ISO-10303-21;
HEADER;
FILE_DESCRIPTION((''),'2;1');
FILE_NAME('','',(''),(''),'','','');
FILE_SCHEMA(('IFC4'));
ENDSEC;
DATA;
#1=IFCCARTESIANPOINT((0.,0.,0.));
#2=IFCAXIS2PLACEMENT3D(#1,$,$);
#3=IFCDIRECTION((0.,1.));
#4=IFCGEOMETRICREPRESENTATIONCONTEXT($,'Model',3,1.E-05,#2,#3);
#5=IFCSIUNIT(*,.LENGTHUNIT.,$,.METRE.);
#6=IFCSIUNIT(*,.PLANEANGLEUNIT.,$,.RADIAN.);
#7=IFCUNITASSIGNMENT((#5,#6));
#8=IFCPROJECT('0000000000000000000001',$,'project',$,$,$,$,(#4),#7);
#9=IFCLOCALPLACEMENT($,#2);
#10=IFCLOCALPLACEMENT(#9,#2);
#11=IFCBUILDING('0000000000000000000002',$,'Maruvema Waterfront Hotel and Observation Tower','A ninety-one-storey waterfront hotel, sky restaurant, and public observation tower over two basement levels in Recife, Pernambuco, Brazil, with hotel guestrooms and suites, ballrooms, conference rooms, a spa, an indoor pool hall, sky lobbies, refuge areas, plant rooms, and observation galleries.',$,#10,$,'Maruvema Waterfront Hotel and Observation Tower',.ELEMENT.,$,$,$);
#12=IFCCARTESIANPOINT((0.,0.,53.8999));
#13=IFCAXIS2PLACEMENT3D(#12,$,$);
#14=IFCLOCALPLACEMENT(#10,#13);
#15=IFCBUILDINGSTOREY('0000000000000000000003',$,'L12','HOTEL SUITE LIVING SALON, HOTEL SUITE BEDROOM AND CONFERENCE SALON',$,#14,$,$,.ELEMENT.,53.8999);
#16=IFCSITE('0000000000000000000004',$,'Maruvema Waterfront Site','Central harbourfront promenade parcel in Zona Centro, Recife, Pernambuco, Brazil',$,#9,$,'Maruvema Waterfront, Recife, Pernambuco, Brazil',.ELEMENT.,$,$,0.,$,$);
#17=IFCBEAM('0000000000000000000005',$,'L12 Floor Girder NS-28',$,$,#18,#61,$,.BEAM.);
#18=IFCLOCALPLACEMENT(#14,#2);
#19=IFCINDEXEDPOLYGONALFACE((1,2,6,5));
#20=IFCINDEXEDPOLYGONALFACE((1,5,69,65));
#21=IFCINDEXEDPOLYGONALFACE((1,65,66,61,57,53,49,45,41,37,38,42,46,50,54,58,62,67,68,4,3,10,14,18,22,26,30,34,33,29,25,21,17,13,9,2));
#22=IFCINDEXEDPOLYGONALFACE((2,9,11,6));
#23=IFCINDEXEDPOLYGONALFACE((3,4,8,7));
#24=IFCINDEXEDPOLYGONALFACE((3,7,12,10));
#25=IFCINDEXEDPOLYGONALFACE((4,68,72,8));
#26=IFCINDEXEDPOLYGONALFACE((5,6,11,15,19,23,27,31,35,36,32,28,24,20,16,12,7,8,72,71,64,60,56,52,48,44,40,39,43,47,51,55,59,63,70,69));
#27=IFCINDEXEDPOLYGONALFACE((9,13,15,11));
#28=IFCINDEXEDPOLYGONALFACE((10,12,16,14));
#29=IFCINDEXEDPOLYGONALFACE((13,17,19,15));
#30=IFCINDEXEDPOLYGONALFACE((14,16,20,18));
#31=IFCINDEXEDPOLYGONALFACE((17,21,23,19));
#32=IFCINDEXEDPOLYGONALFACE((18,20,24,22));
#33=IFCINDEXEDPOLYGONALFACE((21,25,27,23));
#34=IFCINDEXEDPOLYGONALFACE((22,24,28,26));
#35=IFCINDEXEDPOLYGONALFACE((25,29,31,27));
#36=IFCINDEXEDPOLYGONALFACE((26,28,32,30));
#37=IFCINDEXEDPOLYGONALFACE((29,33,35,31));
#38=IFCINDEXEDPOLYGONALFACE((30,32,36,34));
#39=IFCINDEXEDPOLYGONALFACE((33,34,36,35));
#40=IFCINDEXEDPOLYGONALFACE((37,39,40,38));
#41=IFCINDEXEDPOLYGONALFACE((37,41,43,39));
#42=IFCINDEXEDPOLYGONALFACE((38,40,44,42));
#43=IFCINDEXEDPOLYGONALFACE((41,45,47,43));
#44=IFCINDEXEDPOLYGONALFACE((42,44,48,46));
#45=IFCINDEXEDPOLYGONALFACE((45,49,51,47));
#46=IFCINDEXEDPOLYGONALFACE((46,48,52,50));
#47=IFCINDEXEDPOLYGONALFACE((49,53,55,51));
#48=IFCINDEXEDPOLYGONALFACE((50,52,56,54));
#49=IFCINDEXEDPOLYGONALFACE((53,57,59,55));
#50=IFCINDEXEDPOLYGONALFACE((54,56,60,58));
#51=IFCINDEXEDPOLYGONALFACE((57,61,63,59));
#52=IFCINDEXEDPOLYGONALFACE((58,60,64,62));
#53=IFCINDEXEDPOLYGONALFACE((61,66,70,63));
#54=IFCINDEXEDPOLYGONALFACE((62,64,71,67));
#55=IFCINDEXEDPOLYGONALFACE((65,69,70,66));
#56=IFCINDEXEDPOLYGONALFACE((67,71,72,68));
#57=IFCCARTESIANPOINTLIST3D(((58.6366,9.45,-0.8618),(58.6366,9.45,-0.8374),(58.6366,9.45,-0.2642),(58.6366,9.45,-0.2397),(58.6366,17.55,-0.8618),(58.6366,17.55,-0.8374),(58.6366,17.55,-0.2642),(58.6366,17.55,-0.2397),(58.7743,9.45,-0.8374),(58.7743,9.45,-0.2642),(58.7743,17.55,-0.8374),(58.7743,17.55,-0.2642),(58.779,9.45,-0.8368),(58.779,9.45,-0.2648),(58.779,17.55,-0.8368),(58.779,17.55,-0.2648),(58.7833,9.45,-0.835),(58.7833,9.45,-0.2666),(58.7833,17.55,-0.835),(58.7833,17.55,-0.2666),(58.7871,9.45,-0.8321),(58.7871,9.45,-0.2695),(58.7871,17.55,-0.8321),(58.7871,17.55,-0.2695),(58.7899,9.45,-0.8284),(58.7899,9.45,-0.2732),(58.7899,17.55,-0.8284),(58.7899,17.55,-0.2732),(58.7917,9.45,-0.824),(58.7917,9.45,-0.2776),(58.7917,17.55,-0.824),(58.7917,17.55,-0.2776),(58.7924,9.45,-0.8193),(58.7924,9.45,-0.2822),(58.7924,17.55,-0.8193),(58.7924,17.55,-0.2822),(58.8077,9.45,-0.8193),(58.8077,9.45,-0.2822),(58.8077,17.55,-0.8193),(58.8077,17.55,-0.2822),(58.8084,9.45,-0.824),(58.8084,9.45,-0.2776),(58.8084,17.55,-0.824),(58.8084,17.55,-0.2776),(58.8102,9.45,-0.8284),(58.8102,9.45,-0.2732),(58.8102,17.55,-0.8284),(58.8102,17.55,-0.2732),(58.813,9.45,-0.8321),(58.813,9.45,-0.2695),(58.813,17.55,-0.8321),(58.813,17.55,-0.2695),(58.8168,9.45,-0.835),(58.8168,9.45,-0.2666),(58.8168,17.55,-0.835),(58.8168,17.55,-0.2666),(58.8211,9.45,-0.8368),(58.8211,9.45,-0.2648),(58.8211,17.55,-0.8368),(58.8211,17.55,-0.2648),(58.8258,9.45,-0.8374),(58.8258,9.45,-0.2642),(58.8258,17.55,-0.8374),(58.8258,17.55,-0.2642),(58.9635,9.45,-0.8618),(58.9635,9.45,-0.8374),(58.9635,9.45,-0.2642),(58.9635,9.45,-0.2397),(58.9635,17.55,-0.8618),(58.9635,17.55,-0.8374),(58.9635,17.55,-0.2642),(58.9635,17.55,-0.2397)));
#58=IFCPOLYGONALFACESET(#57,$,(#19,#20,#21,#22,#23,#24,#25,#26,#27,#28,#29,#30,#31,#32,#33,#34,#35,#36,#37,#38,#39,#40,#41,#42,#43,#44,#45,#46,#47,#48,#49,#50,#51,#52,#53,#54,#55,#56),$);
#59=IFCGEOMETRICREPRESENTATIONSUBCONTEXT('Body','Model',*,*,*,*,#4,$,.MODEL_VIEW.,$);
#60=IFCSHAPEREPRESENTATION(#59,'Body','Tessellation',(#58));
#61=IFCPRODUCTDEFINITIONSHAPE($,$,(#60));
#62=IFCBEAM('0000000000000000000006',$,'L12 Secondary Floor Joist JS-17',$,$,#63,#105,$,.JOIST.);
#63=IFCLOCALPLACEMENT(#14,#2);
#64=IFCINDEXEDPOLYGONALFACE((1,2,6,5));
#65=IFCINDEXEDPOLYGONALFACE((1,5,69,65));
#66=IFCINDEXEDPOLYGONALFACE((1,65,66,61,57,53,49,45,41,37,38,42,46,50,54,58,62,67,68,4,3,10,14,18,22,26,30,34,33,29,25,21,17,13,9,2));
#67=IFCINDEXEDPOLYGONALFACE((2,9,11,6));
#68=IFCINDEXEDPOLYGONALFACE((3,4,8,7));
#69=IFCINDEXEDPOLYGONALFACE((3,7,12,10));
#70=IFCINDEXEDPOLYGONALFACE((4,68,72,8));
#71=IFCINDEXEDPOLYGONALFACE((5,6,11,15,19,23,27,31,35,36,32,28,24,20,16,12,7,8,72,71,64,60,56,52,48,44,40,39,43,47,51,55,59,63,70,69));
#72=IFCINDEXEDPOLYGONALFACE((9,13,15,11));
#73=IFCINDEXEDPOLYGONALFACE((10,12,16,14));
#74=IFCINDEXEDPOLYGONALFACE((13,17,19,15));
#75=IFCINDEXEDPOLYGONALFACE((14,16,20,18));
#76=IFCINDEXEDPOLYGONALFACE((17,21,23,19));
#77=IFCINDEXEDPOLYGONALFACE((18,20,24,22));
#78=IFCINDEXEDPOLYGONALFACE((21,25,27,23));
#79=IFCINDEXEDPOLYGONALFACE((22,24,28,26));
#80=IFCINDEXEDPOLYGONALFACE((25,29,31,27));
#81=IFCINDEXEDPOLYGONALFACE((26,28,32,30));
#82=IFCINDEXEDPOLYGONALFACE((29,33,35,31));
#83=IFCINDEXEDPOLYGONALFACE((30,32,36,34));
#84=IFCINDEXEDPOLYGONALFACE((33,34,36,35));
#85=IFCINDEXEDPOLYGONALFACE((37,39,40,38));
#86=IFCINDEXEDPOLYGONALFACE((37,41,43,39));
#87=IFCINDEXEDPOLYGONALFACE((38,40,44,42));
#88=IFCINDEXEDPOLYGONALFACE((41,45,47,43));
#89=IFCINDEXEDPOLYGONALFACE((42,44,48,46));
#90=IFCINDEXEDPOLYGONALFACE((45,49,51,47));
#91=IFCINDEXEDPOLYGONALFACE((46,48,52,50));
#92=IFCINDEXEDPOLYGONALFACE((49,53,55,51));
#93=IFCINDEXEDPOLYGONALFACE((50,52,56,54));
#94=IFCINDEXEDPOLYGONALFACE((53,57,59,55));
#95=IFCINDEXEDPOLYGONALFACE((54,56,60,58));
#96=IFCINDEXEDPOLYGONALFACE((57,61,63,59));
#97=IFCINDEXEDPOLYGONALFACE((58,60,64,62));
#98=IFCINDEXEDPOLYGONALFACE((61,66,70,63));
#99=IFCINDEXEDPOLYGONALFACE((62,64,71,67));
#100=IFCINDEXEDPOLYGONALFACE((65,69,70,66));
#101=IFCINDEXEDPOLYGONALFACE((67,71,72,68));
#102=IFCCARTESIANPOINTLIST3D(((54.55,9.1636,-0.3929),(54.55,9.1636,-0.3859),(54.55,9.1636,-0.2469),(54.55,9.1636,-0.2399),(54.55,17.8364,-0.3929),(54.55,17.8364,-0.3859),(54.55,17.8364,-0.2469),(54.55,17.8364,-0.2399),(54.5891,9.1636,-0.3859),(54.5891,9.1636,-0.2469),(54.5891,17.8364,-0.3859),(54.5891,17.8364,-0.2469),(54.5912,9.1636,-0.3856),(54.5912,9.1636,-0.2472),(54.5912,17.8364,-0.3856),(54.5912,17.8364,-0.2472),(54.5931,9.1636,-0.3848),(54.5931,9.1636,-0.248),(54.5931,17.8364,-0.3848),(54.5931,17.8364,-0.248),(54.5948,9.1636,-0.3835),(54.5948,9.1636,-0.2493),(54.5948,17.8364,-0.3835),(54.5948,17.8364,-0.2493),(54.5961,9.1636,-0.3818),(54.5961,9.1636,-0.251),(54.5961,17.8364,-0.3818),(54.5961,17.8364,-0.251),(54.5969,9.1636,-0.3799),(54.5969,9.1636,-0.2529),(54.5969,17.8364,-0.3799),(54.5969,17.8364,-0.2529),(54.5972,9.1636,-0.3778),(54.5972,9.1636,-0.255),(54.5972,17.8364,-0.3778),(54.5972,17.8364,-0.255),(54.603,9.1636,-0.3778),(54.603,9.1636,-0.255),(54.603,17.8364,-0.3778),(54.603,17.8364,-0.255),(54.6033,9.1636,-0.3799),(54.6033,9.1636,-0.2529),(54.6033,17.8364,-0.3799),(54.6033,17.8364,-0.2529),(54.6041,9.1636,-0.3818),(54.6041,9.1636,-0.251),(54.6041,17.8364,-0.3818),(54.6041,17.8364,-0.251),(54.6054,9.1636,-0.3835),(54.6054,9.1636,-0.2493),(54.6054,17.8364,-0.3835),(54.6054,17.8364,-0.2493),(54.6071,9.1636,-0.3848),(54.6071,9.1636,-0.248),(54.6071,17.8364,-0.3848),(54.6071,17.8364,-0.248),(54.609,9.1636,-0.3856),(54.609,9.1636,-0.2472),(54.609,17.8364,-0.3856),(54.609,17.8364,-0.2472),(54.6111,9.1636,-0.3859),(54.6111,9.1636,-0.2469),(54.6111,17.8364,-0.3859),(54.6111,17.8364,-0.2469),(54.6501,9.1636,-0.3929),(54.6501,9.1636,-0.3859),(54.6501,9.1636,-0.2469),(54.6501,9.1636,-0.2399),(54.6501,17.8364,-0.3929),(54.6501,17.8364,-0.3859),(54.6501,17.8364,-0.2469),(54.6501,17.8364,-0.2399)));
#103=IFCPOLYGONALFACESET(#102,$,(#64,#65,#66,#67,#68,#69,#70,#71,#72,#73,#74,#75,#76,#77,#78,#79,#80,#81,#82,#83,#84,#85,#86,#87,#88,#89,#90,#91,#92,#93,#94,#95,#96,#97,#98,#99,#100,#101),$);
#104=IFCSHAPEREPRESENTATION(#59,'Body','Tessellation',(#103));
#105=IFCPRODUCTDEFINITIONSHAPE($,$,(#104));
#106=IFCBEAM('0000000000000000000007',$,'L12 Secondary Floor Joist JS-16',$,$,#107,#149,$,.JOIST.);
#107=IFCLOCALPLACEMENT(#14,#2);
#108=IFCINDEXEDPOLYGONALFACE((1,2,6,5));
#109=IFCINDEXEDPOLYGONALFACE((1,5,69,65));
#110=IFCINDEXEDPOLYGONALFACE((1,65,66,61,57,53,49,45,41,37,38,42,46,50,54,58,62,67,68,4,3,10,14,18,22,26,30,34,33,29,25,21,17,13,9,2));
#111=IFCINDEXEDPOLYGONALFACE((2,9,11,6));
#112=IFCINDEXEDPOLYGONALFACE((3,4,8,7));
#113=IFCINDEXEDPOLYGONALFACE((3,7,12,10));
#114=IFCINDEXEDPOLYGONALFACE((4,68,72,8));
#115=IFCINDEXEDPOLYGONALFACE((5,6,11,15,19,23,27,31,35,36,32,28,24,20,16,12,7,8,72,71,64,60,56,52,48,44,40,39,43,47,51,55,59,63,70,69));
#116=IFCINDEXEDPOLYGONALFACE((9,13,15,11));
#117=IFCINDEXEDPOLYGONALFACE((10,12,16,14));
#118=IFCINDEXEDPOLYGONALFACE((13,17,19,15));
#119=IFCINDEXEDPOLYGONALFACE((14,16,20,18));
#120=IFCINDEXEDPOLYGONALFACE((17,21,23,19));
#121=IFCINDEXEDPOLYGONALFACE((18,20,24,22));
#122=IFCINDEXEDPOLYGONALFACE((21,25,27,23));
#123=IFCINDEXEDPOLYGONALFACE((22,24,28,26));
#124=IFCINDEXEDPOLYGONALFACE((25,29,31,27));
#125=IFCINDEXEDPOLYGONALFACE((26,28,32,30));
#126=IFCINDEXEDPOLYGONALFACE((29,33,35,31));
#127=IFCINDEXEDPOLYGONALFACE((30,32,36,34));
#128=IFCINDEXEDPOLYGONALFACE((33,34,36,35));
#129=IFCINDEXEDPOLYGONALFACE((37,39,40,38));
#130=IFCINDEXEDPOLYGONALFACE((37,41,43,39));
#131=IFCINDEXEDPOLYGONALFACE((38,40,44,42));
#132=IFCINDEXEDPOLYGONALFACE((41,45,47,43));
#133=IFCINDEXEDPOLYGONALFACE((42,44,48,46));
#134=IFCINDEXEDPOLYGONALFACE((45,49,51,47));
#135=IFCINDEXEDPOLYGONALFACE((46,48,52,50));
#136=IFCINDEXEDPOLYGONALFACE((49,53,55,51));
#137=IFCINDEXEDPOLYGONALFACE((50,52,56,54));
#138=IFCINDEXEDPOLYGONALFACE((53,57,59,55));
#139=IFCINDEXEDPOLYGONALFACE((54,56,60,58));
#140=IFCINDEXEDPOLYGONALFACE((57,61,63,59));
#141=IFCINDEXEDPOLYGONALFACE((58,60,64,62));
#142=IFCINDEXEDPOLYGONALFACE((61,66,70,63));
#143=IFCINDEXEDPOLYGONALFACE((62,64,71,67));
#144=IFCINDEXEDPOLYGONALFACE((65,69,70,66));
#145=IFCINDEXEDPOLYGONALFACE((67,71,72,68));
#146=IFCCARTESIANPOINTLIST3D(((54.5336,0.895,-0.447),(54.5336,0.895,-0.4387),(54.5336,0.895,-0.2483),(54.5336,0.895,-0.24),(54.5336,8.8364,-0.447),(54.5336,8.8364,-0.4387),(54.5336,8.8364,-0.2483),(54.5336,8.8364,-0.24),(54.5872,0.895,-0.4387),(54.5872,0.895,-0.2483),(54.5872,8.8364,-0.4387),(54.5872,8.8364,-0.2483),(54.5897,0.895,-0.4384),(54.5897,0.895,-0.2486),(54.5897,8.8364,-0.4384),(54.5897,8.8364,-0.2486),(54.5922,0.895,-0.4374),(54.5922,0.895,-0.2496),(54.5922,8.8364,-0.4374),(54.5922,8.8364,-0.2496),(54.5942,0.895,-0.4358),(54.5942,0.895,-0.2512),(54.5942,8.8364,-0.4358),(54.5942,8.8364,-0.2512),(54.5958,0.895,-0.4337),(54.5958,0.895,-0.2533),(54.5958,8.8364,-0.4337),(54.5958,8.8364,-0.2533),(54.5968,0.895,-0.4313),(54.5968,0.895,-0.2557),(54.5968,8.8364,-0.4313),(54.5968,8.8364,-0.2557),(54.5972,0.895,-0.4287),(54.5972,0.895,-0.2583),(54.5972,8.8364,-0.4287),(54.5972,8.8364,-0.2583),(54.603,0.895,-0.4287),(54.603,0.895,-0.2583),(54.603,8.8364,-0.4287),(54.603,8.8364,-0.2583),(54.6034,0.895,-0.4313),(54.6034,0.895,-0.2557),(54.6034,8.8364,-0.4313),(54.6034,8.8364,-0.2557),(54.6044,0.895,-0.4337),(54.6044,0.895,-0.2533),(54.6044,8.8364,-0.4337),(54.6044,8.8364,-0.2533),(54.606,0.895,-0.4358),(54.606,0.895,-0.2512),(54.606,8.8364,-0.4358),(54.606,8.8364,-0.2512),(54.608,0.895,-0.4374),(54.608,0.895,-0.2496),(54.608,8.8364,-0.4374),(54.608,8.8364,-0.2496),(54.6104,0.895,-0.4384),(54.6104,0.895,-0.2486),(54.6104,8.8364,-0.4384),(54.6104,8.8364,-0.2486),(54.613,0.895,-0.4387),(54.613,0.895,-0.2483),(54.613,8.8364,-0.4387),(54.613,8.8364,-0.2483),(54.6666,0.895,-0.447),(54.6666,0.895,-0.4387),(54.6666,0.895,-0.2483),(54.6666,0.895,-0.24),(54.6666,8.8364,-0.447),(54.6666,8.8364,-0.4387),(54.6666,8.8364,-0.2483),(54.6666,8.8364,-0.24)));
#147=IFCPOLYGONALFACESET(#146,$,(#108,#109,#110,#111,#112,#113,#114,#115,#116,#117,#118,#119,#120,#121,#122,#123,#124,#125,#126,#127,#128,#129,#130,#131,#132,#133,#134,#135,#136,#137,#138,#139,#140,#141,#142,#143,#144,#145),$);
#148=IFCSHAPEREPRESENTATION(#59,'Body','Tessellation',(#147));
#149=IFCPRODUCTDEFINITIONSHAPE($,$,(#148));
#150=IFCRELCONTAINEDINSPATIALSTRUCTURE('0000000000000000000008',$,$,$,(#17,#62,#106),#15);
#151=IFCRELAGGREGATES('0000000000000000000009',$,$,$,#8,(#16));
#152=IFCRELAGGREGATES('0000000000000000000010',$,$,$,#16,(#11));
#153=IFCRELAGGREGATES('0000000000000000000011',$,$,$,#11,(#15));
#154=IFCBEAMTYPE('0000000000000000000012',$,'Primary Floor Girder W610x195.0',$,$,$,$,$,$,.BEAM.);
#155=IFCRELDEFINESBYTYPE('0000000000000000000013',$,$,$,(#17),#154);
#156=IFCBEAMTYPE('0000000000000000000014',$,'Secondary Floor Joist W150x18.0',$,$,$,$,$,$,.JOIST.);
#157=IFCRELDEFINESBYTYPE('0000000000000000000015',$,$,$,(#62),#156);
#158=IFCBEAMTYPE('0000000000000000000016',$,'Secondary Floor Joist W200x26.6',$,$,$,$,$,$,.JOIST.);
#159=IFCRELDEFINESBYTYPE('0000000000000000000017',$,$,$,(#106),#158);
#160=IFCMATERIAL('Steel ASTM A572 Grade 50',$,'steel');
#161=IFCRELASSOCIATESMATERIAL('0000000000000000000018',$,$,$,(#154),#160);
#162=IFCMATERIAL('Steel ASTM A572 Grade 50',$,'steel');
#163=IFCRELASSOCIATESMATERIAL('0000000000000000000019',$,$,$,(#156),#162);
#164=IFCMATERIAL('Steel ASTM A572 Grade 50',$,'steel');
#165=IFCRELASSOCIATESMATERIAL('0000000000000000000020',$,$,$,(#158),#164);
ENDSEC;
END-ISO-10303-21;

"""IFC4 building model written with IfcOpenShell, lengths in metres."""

from ifc_helpers import new_model, si_unit, direction, frame, origin, origin_2d, place, context, subcontext, project, spatial, i_section, extrude, material, material_profile, profile_set, type_object, element, save


model = new_model("IFC4")

# Units and contexts
model_context = context("Model", 3, precision=1e-05, world=origin(), true_north=direction((0.0, 1.0)))
body_context = subcontext(model_context, "Body", "Model", "MODEL_VIEW")
ifc_project = project(units=[si_unit("LENGTHUNIT", "METRE"), si_unit("PLANEANGLEUNIT", "RADIAN")], contexts=[model_context])

# Site, building, storey
site_placement = place(None, origin())
site = spatial("IfcSite", under=ifc_project, at=site_placement, Name="Maruvema Waterfront Site", Description="Central harbourfront promenade parcel in Zona Centro, Recife, Pernambuco, Brazil", LongName="Maruvema Waterfront, Recife, Pernambuco, Brazil", CompositionType="ELEMENT", RefElevation=0.0)
building_placement = place(site_placement, origin())
building = spatial("IfcBuilding", under=site, at=building_placement, Name="Maruvema Waterfront Hotel and Observation Tower", Description="A ninety-one-storey waterfront hotel, sky restaurant, and public observation tower over two basement levels in Recife, Pernambuco, Brazil, with hotel guestrooms and suites, ballrooms, conference rooms, a spa, an indoor pool hall, sky lobbies, refuge areas, plant rooms, and observation galleries.", LongName="Maruvema Waterfront Hotel and Observation Tower", CompositionType="ELEMENT")
storey_placement = place(building_placement, frame((0.0, 0.0, 53.8999)))
storey = spatial("IfcBuildingStorey", under=building, at=storey_placement, Name="L12", Description="HOTEL SUITE LIVING SALON, HOTEL SUITE BEDROOM AND CONFERENCE SALON", CompositionType="ELEMENT", Elevation=53.8999)

# Beams
ifc_material_1 = material(Name="Steel ASTM A572 Grade 50", Category="steel")
ifc_material_profile_1 = material_profile(ifc_material_1, i_section(OverallWidth=0.3269, OverallDepth=0.6221, WebThickness=0.0154, FlangeThickness=0.0244, FilletRadius=0.0181, at=origin_2d()), Name="W610x195.0")
ifc_profile_set_1 = profile_set([ifc_material_profile_1], Name="Steel ASTM A572 Grade 50")
beam_type_1 = type_object("IfcBeamType", Name="Primary Floor Girder W610x195.0", PredefinedType="BEAM", material=ifc_profile_set_1)
beam_1_placement = place(storey_placement, frame((58.8, 9.45, -0.5508), z_axis=(0.0, 1.0, 0.0), x_axis=(-1.0, 0.0, 0.0)))
element("IfcBeam", 1, at=beam_1_placement, inside=storey, type_object=beam_type_1, Name="L12 Floor Girder NS-28", PredefinedType="BEAM", context=body_context, shape_type="SweptSolid", body=[
    extrude(i_section(OverallWidth=0.3269, OverallDepth=0.6221, WebThickness=0.0154, FlangeThickness=0.0244, FilletRadius=0.0181, at=origin_2d()), origin(), (0.0, 0.0, 1.0), 8.1001),
])
ifc_material_2 = material(Name="Steel ASTM A572 Grade 50", Category="steel")
ifc_material_profile_2 = material_profile(ifc_material_2, i_section(OverallWidth=0.1001, OverallDepth=0.1531, WebThickness=0.0059, FlangeThickness=0.0071, FilletRadius=0.0081, at=origin_2d()), Name="W150x18.0")
ifc_profile_set_2 = profile_set([ifc_material_profile_2], Name="Steel ASTM A572 Grade 50")
beam_type_2 = type_object("IfcBeamType", Name="Secondary Floor Joist W150x18.0", PredefinedType="JOIST", material=ifc_profile_set_2)
beam_2_placement = place(storey_placement, frame((54.6001, 9.1636, -0.3164), z_axis=(0.0, 1.0, 0.0), x_axis=(-1.0, 0.0, 0.0)))
element("IfcBeam", 2, at=beam_2_placement, inside=storey, type_object=beam_type_2, Name="L12 Secondary Floor Joist JS-17", PredefinedType="JOIST", context=body_context, shape_type="SweptSolid", body=[
    extrude(i_section(OverallWidth=0.1001, OverallDepth=0.1531, WebThickness=0.0059, FlangeThickness=0.0071, FilletRadius=0.0081, at=origin_2d()), origin(), (0.0, 0.0, 1.0), 8.6729),
])
ifc_material_3 = material(Name="Steel ASTM A572 Grade 50", Category="steel")
ifc_material_profile_3 = material_profile(ifc_material_3, i_section(OverallWidth=0.1331, OverallDepth=0.207, WebThickness=0.0059, FlangeThickness=0.0083, FilletRadius=0.01, at=origin_2d()), Name="W200x26.6")
ifc_profile_set_3 = profile_set([ifc_material_profile_3], Name="Steel ASTM A572 Grade 50")
beam_type_3 = type_object("IfcBeamType", Name="Secondary Floor Joist W200x26.6", PredefinedType="JOIST", material=ifc_profile_set_3)
beam_3_placement = place(storey_placement, frame((54.6001, 0.895, -0.3435), z_axis=(0.0, 1.0, 0.0), x_axis=(-1.0, 0.0, 0.0)))
element("IfcBeam", 3, at=beam_3_placement, inside=storey, type_object=beam_type_3, Name="L12 Secondary Floor Joist JS-16", PredefinedType="JOIST", context=body_context, shape_type="SweptSolid", body=[
    extrude(i_section(OverallWidth=0.1331, OverallDepth=0.207, WebThickness=0.0059, FlangeThickness=0.0083, FilletRadius=0.01, at=origin_2d()), origin(), (0.0, 0.0, 1.0), 7.9414),
])

save(model, "model.ifc")
